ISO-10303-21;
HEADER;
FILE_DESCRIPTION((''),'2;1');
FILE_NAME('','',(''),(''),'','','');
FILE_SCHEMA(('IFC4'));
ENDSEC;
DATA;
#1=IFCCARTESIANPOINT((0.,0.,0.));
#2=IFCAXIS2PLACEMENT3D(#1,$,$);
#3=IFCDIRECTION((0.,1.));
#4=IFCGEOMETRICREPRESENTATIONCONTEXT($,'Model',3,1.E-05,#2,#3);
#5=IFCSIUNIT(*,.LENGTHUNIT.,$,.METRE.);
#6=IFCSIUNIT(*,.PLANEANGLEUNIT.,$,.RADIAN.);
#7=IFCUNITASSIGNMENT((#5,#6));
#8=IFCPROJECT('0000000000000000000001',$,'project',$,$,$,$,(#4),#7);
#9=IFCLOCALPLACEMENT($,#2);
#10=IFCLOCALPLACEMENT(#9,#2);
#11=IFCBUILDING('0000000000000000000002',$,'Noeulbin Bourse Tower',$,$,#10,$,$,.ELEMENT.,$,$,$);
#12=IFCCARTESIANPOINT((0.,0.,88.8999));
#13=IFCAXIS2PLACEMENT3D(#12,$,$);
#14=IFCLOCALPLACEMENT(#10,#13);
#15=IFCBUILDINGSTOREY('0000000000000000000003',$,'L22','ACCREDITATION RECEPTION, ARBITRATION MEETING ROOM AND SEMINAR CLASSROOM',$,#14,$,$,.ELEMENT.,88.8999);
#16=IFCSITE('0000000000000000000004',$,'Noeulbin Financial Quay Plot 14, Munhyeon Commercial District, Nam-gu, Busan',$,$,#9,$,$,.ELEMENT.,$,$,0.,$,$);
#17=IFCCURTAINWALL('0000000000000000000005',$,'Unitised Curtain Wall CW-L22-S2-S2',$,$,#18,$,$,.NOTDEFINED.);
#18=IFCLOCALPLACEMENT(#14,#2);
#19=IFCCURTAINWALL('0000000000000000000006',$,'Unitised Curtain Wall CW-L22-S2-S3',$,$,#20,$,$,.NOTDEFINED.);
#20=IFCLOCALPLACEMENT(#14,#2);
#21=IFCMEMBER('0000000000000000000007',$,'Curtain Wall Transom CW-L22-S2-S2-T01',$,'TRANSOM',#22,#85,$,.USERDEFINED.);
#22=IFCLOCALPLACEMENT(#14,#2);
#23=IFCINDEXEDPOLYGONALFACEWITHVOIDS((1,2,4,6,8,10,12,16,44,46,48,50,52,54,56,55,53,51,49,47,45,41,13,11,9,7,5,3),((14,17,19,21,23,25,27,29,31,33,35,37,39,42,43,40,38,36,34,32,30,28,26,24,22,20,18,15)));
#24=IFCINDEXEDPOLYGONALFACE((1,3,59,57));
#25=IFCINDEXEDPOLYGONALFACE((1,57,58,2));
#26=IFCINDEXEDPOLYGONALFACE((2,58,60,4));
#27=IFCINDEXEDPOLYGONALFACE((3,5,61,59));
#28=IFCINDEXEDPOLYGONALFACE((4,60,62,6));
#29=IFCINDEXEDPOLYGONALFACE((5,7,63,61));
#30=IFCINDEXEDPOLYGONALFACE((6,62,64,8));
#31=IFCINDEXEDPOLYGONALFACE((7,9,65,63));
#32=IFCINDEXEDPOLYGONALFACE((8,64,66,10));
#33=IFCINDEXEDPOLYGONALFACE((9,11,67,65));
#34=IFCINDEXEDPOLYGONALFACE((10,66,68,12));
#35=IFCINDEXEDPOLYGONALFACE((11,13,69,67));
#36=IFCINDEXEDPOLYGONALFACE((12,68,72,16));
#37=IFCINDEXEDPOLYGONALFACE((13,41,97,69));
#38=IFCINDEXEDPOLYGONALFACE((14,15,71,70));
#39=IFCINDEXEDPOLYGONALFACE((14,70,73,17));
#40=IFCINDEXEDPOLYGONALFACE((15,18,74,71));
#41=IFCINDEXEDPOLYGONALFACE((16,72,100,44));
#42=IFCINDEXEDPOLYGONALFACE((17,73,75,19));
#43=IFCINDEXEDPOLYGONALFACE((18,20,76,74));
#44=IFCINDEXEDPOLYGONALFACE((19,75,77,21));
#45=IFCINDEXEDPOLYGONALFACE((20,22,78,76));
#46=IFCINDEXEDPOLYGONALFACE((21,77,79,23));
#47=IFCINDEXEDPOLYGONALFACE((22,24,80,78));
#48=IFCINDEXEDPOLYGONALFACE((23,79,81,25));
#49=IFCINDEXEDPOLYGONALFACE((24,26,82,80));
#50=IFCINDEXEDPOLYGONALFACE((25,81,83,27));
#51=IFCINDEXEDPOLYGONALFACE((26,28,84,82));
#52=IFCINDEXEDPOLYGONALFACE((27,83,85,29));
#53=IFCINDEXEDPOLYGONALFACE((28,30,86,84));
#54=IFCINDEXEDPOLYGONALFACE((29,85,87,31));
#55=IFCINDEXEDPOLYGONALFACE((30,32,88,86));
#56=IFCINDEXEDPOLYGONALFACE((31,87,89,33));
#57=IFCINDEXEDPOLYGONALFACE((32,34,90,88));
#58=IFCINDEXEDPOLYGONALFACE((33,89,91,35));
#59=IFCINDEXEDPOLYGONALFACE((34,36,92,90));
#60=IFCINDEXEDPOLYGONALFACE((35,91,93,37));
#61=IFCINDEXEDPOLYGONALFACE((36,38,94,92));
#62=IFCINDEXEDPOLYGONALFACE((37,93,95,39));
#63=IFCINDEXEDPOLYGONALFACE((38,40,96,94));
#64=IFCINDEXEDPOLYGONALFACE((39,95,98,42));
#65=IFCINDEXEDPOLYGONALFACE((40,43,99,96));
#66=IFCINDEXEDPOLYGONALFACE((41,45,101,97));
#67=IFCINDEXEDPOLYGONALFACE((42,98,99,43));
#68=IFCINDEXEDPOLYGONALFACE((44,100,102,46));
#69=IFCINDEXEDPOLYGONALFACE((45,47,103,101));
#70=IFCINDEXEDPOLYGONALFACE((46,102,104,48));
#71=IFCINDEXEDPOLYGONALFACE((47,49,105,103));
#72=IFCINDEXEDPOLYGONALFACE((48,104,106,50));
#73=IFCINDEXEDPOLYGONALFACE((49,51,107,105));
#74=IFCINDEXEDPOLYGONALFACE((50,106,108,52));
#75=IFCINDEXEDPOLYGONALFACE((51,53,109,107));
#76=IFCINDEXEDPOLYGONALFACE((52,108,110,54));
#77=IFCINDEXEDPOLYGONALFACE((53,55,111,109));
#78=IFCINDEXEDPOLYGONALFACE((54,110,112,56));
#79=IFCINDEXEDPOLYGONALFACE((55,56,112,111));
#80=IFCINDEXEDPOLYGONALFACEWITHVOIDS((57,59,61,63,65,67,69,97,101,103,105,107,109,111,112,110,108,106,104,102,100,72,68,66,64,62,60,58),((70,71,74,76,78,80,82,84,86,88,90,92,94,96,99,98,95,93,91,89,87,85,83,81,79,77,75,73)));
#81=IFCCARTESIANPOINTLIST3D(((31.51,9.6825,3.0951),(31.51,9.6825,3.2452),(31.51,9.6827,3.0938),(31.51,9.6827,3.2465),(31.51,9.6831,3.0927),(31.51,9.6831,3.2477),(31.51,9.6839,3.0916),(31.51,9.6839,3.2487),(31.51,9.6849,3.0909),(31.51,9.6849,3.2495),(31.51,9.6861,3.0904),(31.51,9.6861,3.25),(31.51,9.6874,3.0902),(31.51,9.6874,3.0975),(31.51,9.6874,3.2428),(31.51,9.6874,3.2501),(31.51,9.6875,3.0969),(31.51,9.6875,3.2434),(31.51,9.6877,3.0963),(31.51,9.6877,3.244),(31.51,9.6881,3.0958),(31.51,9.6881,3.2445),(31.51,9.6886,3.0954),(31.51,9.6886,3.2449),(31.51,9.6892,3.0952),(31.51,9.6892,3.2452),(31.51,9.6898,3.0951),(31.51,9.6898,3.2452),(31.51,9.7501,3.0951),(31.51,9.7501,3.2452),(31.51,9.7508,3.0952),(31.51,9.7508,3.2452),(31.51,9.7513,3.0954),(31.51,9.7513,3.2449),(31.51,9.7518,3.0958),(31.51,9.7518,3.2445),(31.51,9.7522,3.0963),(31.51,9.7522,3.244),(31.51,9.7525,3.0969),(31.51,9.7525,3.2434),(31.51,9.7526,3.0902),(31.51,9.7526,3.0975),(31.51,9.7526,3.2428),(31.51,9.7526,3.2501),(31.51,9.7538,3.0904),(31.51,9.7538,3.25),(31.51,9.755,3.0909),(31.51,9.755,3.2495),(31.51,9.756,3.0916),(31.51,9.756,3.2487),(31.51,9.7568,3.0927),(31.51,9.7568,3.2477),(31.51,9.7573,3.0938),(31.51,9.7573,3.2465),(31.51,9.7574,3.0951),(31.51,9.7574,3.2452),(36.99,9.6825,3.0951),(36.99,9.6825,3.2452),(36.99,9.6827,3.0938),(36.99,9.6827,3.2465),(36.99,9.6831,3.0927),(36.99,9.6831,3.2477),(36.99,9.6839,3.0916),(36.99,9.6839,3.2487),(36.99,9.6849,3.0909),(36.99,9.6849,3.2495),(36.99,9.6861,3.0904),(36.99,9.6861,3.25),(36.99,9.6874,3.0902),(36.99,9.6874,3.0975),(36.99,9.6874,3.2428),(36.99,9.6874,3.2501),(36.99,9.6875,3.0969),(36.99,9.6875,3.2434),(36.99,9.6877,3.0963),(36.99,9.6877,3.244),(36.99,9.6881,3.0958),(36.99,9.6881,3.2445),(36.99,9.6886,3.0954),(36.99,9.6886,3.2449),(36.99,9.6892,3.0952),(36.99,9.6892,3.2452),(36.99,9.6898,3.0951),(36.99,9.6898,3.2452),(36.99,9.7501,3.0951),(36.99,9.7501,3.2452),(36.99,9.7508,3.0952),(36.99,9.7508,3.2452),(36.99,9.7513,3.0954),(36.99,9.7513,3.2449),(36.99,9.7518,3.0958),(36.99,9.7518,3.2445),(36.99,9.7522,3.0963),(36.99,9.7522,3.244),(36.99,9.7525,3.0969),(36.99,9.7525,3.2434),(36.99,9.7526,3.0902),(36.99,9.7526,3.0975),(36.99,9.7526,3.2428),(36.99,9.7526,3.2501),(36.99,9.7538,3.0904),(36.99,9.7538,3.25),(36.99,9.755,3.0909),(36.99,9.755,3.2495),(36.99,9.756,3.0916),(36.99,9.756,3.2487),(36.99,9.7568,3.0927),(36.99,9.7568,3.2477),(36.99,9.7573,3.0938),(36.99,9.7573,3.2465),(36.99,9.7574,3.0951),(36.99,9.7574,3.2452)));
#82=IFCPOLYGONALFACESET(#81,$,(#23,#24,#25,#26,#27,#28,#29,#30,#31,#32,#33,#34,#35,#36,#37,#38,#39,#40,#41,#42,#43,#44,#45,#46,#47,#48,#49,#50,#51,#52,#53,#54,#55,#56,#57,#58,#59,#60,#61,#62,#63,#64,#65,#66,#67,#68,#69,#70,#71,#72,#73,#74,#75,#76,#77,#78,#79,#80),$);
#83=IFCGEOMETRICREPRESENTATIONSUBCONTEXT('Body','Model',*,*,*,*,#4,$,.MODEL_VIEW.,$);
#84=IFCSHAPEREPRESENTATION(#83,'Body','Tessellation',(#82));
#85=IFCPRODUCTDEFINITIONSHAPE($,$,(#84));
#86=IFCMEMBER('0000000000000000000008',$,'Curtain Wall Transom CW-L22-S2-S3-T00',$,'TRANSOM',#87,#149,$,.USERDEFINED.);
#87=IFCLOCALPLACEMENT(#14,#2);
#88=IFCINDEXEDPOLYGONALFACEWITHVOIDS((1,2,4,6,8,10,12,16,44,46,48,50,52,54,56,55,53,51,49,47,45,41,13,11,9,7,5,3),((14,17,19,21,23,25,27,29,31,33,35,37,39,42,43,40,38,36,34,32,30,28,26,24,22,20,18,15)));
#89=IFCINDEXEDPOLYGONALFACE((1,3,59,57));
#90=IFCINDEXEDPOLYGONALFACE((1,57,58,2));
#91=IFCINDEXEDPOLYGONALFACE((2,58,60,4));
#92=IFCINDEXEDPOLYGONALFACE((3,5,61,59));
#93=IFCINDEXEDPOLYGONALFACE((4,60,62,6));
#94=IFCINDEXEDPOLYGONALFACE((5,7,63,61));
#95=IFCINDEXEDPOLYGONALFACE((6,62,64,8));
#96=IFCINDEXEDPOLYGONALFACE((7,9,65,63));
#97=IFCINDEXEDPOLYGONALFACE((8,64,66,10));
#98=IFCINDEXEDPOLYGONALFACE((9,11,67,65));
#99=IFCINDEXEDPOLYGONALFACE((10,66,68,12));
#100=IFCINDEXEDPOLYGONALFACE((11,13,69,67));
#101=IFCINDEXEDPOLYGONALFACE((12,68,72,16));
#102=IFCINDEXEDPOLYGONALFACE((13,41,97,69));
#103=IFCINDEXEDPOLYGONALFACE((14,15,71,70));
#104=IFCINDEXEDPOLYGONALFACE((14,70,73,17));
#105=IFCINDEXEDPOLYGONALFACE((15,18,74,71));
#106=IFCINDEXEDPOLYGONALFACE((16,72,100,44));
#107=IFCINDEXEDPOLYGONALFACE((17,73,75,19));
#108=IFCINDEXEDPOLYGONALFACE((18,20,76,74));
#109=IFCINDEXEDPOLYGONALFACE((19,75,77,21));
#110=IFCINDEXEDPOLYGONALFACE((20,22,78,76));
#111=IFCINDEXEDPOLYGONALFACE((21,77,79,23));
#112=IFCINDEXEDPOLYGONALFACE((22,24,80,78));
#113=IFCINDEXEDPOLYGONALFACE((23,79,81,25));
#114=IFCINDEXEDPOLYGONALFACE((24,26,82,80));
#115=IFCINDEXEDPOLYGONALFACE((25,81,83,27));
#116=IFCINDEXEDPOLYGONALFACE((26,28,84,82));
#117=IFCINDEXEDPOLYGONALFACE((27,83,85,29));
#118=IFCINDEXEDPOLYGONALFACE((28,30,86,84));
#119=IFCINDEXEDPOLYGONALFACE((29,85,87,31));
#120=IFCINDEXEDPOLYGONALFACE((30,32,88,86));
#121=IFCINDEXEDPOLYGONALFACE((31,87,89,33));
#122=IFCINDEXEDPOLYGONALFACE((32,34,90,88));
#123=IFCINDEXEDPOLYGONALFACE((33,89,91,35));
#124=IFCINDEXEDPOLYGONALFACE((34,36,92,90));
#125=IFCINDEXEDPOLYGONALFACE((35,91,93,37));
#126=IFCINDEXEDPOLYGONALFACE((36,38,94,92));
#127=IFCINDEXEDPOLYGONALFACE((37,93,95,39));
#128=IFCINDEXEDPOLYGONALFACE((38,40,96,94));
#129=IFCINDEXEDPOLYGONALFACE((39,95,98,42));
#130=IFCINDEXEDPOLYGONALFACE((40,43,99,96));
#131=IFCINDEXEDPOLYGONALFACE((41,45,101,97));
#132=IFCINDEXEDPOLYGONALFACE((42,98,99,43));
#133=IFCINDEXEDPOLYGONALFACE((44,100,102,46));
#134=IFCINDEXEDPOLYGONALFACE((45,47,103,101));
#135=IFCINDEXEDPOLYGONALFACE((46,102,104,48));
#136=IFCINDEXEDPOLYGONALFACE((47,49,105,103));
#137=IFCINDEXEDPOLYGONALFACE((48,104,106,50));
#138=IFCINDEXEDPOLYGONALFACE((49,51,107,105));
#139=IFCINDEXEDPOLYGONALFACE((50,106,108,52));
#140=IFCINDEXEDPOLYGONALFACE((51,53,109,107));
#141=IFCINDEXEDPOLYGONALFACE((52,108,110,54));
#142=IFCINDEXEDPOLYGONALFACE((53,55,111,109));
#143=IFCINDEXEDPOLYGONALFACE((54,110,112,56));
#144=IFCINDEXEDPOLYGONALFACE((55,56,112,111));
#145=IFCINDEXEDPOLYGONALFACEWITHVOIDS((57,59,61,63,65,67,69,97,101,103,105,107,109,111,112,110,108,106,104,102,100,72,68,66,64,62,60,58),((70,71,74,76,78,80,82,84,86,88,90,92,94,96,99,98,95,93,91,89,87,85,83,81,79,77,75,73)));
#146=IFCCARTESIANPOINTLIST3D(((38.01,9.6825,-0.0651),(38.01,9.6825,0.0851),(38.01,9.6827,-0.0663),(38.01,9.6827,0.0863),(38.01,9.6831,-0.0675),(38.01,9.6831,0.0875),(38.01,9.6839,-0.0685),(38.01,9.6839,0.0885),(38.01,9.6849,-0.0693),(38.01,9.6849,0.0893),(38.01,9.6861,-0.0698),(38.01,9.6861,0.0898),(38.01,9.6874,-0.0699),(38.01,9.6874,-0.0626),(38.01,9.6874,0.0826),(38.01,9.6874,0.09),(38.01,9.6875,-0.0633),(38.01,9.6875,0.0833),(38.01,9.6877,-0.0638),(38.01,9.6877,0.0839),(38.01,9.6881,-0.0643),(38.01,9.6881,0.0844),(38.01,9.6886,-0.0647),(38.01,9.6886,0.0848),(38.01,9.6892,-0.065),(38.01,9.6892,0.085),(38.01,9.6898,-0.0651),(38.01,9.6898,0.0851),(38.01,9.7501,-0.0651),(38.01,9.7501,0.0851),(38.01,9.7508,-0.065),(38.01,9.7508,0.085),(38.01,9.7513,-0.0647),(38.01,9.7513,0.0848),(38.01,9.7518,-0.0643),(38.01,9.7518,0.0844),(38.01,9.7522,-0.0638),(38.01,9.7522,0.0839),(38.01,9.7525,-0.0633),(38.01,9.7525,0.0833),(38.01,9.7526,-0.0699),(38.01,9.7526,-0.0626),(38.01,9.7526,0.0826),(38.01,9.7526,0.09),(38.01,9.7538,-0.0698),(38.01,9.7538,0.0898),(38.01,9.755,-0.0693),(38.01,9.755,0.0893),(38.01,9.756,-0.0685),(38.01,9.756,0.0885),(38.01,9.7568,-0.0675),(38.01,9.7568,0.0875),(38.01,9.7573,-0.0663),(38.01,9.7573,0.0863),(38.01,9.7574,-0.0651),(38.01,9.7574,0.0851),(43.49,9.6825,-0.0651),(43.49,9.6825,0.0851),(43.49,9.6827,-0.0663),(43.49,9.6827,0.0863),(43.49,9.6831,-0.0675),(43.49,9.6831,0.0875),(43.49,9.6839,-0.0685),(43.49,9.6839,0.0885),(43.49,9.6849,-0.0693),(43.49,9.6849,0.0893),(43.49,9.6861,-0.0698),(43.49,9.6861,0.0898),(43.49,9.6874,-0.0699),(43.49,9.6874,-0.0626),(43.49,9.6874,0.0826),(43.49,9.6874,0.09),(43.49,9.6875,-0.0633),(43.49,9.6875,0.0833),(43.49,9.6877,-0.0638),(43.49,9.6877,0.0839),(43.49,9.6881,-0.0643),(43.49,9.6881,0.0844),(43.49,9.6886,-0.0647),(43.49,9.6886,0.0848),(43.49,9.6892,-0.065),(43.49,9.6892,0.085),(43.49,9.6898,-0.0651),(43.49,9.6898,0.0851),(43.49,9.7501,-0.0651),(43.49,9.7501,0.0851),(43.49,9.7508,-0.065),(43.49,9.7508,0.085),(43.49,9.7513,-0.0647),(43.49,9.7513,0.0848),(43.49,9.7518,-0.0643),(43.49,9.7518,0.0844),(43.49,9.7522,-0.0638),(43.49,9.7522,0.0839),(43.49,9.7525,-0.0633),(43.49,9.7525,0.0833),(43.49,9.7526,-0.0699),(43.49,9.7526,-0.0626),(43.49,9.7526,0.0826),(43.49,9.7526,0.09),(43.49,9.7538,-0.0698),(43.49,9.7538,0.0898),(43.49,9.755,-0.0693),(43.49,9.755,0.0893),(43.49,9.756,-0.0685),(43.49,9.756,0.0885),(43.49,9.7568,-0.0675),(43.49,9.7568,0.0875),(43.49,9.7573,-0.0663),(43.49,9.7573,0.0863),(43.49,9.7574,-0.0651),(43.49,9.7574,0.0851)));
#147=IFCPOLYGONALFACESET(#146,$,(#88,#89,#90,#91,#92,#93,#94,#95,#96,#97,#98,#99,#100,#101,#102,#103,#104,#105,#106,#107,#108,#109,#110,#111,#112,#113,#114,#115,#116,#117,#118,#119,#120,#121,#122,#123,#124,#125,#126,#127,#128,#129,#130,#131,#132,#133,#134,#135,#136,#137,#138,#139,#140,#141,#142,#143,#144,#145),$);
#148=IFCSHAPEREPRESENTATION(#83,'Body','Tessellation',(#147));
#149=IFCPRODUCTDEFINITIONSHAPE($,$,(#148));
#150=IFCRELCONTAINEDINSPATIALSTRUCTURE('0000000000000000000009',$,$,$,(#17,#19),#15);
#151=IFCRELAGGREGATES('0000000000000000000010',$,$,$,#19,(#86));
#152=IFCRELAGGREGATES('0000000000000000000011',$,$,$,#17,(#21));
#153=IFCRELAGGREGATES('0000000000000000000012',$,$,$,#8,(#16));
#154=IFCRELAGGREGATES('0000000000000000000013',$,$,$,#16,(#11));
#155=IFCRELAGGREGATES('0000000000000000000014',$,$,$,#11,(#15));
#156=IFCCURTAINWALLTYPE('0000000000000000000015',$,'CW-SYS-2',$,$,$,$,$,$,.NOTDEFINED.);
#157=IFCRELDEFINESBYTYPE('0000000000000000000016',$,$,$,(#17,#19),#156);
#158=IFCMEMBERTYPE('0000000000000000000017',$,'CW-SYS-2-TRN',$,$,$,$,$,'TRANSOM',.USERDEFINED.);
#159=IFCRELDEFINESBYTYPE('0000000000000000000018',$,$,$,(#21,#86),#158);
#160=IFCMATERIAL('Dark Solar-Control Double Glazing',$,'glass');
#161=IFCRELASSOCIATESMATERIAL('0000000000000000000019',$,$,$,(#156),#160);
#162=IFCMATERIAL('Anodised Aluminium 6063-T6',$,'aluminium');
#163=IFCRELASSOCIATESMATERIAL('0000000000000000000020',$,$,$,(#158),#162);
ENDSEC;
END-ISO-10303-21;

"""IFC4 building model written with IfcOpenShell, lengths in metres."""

from ifc_helpers import new_model, si_unit, direction, frame, origin, origin_2d, place, context, subcontext, project, spatial, hollow_rectangle, extrude, material, material_profile, profile_set, type_object, element, aggregate, save


model = new_model("IFC4")

# Units and contexts
model_context = context("Model", 3, precision=1e-05, world=origin(), true_north=direction((0.0, 1.0)))
body_context = subcontext(model_context, "Body", "Model", "MODEL_VIEW")
ifc_project = project(units=[si_unit("LENGTHUNIT", "METRE"), si_unit("PLANEANGLEUNIT", "RADIAN")], contexts=[model_context])

# Site, building, storey
site_placement = place(None, origin())
site = spatial("IfcSite", under=ifc_project, at=site_placement, Name="Noeulbin Financial Quay Plot 14, Munhyeon Commercial District, Nam-gu, Busan", CompositionType="ELEMENT", RefElevation=0.0)
building_placement = place(site_placement, origin())
building = spatial("IfcBuilding", under=site, at=building_placement, Name="Noeulbin Bourse Tower", CompositionType="ELEMENT")
storey_placement = place(building_placement, frame((0.0, 0.0, 88.8999)))
storey = spatial("IfcBuildingStorey", under=building, at=storey_placement, Name="L22", Description="ACCREDITATION RECEPTION, ARBITRATION MEETING ROOM AND SEMINAR CLASSROOM", CompositionType="ELEMENT", Elevation=88.8999)

# Curtain wall
ifc_material_1 = material(Name="Dark Solar-Control Double Glazing", Category="glass")
curtain_wall_type = type_object("IfcCurtainWallType", Name="CW-SYS-2", PredefinedType="NOTDEFINED", material=ifc_material_1)
ifc_material_2 = material(Name="Anodised Aluminium 6063-T6", Category="aluminium")
curtain_wall_1_placement = place(storey_placement, origin())
curtain_wall_1 = element("IfcCurtainWall", 1, at=curtain_wall_1_placement, inside=storey, type_object=curtain_wall_type, Name="Unitised Curtain Wall CW-L22-S2-S2", PredefinedType="NOTDEFINED")

# Curtain wall
curtain_wall_2_placement = place(storey_placement, origin())
curtain_wall_2 = element("IfcCurtainWall", 2, at=curtain_wall_2_placement, inside=storey, type_object=curtain_wall_type, Name="Unitised Curtain Wall CW-L22-S2-S3", PredefinedType="NOTDEFINED")

# Members
ifc_material_profile_1 = material_profile(ifc_material_2, hollow_rectangle(XDim=0.075, YDim=0.1599, WallThickness=0.0049, InnerFilletRadius=0.0024, OuterFilletRadius=0.0049, at=origin_2d()), Name="ALU-TRAN-75x160x5", Category="LoadBearing")
ifc_profile_set_1 = profile_set([ifc_material_profile_1], Name="Anodised Aluminium 6063-T6")
member_type_1 = type_object("IfcMemberType", Name="CW-SYS-2-TRN", ElementType="TRANSOM", PredefinedType="USERDEFINED", material=ifc_profile_set_1)
member_1_placement = place(storey_placement, frame((31.51, 9.72, 3.1702), z_axis=(1.0, 0.0, 0.0), x_axis=(0.0, 1.0, 0.0)))
member_1 = element("IfcMember", 3, at=member_1_placement, type_object=member_type_1, Name="Curtain Wall Transom CW-L22-S2-S2-T01", ObjectType="TRANSOM", PredefinedType="USERDEFINED", context=body_context, shape_type="SweptSolid", body=[
    extrude(hollow_rectangle(XDim=0.075, YDim=0.1599, WallThickness=0.0049, InnerFilletRadius=0.0024, OuterFilletRadius=0.0049, at=origin_2d()), origin(), (0.0, 0.0, 1.0), 5.48),
])
member_2_placement = place(storey_placement, frame((38.01, 9.72, 0.01), z_axis=(1.0, 0.0, 0.0), x_axis=(0.0, 1.0, 0.0)))
member_2 = element("IfcMember", 4, at=member_2_placement, type_object=member_type_1, Name="Curtain Wall Transom CW-L22-S2-S3-T00", ObjectType="TRANSOM", PredefinedType="USERDEFINED", context=body_context, shape_type="SweptSolid", body=[
    extrude(hollow_rectangle(XDim=0.075, YDim=0.1599, WallThickness=0.0049, InnerFilletRadius=0.0024, OuterFilletRadius=0.0049, at=origin_2d()), origin(), (0.0, 0.0, 1.0), 5.48),
])
aggregate(curtain_wall_2, [member_2])

aggregate(curtain_wall_1, [member_1])

save(model, "model.ifc")
